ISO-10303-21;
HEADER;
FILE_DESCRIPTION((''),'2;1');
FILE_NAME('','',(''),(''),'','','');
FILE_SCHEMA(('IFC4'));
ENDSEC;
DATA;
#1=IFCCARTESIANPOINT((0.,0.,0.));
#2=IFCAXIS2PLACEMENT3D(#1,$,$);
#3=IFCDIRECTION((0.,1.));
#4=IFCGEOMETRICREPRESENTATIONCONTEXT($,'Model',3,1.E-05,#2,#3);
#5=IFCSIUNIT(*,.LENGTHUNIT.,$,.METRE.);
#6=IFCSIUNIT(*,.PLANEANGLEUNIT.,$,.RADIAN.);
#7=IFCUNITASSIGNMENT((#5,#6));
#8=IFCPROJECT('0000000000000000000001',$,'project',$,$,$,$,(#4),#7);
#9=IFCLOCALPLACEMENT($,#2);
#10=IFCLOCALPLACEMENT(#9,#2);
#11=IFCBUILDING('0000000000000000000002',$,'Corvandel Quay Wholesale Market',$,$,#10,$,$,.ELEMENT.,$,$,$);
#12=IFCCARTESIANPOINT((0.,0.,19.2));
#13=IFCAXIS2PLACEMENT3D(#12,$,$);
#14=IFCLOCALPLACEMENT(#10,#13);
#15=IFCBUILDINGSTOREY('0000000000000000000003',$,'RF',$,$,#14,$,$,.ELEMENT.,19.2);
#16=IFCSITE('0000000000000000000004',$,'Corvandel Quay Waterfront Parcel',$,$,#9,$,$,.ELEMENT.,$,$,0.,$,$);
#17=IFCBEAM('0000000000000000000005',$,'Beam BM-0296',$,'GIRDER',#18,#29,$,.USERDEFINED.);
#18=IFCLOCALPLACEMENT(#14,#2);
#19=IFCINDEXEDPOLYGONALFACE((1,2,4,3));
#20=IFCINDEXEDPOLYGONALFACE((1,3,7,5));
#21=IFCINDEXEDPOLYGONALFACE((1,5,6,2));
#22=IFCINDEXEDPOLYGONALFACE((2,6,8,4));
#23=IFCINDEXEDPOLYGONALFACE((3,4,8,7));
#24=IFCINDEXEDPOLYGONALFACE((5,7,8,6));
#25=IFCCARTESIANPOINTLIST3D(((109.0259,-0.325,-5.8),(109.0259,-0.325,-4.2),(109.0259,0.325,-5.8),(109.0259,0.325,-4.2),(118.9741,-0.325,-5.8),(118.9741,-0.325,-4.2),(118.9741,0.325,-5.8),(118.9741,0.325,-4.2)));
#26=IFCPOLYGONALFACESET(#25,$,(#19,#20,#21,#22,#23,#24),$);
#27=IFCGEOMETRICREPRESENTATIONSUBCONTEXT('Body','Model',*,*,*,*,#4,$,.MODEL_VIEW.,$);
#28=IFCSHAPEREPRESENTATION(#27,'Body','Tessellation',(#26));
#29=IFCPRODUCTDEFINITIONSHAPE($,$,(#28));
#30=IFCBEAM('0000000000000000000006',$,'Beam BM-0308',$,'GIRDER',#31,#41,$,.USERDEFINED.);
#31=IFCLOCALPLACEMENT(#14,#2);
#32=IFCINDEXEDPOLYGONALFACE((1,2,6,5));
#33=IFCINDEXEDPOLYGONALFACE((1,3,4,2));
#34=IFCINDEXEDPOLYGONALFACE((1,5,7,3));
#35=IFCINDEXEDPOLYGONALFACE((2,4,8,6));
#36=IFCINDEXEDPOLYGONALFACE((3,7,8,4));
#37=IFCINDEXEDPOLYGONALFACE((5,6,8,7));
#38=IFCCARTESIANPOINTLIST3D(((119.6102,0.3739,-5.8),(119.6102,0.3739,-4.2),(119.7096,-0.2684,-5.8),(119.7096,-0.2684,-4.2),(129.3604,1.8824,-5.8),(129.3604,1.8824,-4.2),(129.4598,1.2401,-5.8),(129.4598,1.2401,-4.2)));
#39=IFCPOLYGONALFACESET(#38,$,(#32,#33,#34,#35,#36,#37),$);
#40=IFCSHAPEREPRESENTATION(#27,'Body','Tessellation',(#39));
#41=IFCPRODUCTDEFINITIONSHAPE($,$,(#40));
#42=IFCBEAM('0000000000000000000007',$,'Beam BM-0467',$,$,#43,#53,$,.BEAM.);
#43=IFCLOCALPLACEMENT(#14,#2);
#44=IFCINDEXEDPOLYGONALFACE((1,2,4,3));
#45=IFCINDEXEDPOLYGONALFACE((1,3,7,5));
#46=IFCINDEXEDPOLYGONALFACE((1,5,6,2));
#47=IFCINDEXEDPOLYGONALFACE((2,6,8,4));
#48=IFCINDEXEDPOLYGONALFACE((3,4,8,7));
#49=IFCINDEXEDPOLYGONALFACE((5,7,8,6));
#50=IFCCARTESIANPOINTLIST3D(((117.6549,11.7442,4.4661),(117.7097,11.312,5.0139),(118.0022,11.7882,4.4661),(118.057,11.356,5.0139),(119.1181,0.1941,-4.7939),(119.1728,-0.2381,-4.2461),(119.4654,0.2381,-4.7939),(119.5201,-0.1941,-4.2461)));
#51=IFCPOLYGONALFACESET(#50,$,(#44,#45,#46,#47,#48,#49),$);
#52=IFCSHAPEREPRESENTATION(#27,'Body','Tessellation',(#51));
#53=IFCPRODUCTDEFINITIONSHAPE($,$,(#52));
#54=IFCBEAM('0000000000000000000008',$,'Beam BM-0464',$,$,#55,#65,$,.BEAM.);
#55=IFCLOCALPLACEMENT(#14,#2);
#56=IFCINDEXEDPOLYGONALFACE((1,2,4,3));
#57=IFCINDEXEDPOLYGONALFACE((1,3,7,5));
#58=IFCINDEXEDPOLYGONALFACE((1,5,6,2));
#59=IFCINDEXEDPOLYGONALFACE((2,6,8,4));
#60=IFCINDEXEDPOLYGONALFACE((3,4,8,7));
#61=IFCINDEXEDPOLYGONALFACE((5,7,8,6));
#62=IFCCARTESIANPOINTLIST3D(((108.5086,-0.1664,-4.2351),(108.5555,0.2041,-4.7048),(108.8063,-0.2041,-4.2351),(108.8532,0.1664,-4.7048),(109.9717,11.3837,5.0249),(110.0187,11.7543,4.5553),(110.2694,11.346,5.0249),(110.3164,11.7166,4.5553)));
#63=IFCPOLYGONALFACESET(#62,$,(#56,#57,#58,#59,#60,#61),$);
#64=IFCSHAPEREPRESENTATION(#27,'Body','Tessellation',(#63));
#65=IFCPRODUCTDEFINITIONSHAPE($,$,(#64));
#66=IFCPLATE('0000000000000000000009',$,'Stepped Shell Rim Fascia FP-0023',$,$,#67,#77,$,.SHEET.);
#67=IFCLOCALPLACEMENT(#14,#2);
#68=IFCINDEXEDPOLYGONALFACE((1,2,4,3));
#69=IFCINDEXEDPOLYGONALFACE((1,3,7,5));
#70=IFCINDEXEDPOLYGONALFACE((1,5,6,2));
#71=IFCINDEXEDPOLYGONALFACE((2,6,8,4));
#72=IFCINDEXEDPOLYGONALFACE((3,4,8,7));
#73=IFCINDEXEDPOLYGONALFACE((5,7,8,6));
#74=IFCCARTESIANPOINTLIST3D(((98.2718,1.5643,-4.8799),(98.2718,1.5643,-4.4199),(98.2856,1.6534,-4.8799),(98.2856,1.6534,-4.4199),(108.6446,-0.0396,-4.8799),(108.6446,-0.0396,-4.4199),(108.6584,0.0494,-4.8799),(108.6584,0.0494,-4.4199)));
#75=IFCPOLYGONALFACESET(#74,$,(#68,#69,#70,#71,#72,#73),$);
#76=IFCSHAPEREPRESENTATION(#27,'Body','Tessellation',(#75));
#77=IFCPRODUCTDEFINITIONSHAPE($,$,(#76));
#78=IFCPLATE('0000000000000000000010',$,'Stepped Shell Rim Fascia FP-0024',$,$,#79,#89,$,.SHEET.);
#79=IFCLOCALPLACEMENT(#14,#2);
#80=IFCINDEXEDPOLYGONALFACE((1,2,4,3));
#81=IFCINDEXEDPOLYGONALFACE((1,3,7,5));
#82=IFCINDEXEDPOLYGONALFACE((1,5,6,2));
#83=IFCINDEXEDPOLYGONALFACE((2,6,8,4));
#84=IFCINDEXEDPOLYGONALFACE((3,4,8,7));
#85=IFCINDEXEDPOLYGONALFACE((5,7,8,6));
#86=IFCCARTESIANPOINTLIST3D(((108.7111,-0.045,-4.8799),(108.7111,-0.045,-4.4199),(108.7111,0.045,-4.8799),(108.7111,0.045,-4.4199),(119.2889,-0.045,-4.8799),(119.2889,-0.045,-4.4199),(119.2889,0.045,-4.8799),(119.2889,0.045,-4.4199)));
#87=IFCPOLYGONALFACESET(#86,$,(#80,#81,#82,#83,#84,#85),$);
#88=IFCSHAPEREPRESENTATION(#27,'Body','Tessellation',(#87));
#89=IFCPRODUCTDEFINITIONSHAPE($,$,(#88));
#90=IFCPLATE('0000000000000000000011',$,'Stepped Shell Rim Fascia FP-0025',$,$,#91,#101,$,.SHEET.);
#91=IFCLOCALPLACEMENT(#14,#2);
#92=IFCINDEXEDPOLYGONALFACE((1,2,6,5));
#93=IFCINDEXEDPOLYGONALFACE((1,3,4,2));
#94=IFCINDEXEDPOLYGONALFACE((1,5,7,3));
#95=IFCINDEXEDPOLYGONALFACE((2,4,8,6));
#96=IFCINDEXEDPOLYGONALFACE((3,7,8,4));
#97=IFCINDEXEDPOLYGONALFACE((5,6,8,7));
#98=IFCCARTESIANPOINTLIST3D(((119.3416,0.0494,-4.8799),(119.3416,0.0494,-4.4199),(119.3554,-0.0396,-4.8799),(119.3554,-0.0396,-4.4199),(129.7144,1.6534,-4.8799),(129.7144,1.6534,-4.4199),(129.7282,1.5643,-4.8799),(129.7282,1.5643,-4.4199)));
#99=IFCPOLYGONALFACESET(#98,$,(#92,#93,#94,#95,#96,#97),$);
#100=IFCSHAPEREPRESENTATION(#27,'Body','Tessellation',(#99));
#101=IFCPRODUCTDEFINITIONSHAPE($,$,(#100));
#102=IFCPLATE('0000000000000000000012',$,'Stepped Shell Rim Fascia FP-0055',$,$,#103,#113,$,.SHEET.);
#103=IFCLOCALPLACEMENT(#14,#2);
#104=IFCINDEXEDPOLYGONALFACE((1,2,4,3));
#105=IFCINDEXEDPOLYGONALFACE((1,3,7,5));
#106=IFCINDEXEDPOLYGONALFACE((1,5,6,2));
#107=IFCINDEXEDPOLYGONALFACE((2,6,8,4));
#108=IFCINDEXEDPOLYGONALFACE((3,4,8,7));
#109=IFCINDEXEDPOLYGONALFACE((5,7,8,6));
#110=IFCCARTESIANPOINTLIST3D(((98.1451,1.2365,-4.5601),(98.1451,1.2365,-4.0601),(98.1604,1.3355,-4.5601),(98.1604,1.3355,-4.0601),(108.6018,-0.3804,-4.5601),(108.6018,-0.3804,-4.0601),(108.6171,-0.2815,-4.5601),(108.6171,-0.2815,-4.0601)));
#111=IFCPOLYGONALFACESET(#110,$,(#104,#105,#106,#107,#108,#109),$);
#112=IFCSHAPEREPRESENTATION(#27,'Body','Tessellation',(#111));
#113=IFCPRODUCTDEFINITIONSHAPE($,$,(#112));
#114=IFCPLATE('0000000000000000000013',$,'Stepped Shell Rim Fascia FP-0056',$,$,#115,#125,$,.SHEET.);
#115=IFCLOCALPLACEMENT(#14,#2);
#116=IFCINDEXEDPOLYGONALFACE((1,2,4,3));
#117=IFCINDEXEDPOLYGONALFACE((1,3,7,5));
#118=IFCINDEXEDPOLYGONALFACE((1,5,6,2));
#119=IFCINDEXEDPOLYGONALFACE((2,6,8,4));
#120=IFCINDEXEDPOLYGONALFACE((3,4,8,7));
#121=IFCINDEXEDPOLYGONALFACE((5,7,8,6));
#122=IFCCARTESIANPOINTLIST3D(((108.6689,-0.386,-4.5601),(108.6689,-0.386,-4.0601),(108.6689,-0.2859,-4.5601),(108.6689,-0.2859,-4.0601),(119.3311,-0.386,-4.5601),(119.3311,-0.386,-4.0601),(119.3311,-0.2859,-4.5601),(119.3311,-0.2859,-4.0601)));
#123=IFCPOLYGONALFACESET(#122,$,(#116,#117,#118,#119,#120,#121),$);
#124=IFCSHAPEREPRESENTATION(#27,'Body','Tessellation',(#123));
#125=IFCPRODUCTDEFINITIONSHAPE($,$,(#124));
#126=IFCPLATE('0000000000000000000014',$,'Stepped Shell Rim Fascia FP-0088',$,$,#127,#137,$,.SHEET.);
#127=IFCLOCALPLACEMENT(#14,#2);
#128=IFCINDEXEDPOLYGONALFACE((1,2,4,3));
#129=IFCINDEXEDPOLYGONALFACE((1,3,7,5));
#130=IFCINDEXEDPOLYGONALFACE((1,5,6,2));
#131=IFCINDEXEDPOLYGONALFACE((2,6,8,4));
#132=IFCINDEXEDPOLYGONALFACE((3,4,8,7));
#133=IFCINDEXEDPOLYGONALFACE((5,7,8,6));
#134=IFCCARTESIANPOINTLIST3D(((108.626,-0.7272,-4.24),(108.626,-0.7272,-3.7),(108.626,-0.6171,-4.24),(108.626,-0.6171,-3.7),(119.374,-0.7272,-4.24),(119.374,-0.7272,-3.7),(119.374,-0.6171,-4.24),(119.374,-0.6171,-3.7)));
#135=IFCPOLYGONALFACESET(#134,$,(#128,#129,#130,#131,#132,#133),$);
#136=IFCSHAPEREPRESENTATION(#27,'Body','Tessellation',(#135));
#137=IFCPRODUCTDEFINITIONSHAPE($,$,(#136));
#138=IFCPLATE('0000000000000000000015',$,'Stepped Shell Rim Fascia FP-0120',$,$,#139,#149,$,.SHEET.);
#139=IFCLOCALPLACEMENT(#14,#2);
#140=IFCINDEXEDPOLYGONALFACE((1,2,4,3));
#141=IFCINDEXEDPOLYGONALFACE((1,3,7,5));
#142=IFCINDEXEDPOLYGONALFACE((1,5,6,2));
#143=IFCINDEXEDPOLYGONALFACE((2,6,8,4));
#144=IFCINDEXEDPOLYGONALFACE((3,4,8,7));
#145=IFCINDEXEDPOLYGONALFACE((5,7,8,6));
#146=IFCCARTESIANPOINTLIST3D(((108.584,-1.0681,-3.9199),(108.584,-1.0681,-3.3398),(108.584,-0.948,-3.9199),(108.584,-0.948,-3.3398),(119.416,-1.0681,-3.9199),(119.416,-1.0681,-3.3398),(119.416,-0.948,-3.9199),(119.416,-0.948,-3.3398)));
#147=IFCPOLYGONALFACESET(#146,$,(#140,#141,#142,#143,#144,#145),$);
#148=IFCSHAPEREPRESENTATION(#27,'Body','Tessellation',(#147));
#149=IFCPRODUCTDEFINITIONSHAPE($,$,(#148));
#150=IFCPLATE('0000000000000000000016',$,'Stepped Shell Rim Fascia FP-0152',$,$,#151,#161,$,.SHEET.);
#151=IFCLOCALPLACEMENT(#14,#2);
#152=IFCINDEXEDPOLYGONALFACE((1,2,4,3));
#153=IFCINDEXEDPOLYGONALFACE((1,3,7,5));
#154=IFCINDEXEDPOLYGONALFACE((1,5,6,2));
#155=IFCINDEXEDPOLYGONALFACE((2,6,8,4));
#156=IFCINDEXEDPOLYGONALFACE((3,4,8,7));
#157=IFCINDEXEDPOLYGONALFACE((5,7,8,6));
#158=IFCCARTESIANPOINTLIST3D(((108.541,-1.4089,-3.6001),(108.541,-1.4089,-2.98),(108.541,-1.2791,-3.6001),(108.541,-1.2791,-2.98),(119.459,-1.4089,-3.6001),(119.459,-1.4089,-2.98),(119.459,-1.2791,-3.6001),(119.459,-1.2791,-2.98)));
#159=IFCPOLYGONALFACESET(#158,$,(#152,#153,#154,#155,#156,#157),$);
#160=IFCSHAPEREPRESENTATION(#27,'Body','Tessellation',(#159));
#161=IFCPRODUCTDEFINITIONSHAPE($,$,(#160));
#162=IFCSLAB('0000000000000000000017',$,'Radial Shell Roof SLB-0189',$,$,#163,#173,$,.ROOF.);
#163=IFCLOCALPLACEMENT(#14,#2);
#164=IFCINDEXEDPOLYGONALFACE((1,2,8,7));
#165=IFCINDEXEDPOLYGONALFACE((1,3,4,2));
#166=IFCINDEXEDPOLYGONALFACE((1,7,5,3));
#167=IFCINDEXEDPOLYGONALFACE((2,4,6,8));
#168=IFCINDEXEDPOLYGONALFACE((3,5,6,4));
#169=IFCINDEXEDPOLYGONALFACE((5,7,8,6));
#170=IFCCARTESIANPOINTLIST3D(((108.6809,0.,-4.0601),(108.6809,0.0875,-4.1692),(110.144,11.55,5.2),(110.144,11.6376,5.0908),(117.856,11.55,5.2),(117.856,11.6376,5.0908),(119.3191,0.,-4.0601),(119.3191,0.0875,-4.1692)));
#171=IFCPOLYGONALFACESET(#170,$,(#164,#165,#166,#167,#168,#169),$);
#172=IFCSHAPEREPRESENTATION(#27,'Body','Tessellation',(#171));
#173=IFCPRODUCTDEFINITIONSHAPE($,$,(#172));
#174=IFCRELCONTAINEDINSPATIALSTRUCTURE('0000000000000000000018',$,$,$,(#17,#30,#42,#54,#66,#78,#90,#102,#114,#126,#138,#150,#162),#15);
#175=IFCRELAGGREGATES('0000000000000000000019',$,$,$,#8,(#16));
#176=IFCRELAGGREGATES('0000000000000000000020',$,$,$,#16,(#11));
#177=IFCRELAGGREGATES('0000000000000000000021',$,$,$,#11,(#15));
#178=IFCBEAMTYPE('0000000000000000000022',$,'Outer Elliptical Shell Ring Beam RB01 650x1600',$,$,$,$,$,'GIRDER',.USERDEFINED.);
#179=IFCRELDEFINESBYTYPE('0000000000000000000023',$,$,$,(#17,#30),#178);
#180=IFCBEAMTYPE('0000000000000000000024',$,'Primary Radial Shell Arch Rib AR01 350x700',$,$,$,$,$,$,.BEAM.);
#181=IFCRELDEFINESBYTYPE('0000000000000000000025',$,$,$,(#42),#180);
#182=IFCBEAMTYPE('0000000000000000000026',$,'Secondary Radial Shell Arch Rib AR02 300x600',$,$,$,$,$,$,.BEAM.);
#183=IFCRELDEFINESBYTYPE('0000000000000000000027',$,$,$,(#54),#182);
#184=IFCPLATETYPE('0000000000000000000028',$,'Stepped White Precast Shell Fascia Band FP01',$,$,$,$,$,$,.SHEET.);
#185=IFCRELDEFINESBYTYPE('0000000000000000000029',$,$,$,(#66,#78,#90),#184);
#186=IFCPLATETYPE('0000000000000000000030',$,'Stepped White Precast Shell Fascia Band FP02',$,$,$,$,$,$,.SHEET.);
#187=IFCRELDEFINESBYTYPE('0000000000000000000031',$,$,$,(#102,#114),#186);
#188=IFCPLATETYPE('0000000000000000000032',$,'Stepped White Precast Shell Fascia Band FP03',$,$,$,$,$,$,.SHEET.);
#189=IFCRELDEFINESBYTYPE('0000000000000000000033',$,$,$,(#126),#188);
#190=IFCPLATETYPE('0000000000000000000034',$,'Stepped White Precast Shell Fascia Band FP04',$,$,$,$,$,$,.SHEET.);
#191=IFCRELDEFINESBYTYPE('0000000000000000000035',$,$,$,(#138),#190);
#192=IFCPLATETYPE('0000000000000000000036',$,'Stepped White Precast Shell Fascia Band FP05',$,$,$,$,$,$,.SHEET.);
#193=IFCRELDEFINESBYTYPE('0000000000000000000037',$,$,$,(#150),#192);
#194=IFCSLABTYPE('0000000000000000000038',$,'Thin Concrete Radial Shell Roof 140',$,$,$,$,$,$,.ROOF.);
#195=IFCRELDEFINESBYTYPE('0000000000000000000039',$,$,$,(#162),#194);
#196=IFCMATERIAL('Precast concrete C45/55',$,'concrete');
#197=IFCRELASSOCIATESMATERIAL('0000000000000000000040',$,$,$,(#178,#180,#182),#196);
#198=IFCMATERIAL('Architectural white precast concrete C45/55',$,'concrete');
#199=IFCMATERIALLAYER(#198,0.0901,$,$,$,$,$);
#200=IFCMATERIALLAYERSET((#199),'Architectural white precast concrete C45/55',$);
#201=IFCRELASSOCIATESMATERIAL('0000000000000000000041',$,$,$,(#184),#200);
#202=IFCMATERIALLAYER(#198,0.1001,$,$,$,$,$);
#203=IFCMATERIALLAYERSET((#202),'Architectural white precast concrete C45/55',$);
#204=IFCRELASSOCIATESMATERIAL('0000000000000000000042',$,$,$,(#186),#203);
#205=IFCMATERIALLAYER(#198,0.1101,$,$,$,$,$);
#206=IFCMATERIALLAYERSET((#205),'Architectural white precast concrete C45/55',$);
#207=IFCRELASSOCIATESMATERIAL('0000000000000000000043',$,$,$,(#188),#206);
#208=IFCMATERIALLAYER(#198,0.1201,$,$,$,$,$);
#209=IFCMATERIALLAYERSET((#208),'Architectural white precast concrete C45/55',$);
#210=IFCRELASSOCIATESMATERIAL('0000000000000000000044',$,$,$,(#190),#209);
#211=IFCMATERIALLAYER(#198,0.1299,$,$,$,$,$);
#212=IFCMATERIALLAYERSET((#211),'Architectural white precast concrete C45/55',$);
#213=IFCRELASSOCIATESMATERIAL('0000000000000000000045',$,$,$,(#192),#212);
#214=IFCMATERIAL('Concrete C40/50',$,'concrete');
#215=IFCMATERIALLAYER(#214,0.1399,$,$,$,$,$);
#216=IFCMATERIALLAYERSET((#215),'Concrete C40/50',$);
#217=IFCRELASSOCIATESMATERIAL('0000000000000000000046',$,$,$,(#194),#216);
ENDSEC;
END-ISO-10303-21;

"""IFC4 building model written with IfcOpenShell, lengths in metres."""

from ifc_helpers import new_model, si_unit, direction, frame, origin, origin_2d, place, context, subcontext, project, spatial, polyline, rectangle, outline, extrude, material, layer, layer_set, material_profile, profile_set, type_object, element, save


model = new_model("IFC4")

# Units and contexts
model_context = context("Model", 3, precision=1e-05, world=origin(), true_north=direction((0.0, 1.0)))
body_context = subcontext(model_context, "Body", "Model", "MODEL_VIEW")
ifc_project = project(units=[si_unit("LENGTHUNIT", "METRE"), si_unit("PLANEANGLEUNIT", "RADIAN")], contexts=[model_context])

# Site, building, storey
site_placement = place(None, origin())
site = spatial("IfcSite", under=ifc_project, at=site_placement, Name="Corvandel Quay Waterfront Parcel", CompositionType="ELEMENT", RefElevation=0.0)
building_placement = place(site_placement, origin())
building = spatial("IfcBuilding", under=site, at=building_placement, Name="Corvandel Quay Wholesale Market", CompositionType="ELEMENT")
storey_placement = place(building_placement, frame((0.0, 0.0, 19.2)))
storey = spatial("IfcBuildingStorey", under=building, at=storey_placement, Name="RF", CompositionType="ELEMENT", Elevation=19.2)

# Beams
ifc_material_1 = material(Name="Precast concrete C45/55", Category="concrete")
ifc_material_profile_1 = material_profile(ifc_material_1, rectangle(XDim=0.6499, YDim=1.6001, at=origin_2d()), Name="PC-RING-650x1600")
ifc_profile_set_1 = profile_set([ifc_material_profile_1], Name="Precast concrete C45/55")
beam_type_1 = type_object("IfcBeamType", Name="Outer Elliptical Shell Ring Beam RB01 650x1600", ElementType="GIRDER", PredefinedType="USERDEFINED", material=ifc_profile_set_1)
beam_1_placement = place(storey_placement, frame((109.0259, 0.0, -5.0), z_axis=(1.0, 0.0, 0.0), x_axis=(0.0, 1.0, 0.0)))
element("IfcBeam", 1, at=beam_1_placement, inside=storey, type_object=beam_type_1, Name="Beam BM-0296", ObjectType="GIRDER", PredefinedType="USERDEFINED", context=body_context, shape_type="SweptSolid", body=[
    extrude(rectangle(XDim=0.6499, YDim=1.6001, at=origin_2d()), origin(), (0.0, 0.0, 1.0), 9.9482),
])
beam_2_placement = place(storey_placement, frame((119.6599, 0.0527, -5.0), z_axis=(0.988242, 0.152899, 0.0), x_axis=(-0.152899, 0.988242, 0.0)))
element("IfcBeam", 2, at=beam_2_placement, inside=storey, type_object=beam_type_1, Name="Beam BM-0308", ObjectType="GIRDER", PredefinedType="USERDEFINED", context=body_context, shape_type="SweptSolid", body=[
    extrude(rectangle(XDim=0.6499, YDim=1.6001, at=origin_2d()), origin(), (0.0, 0.0, 1.0), 9.8662),
])
ifc_material_profile_2 = material_profile(ifc_material_1, rectangle(XDim=0.3501, YDim=0.7, at=origin_2d()), Name="PC-RIB-350x700")
ifc_profile_set_2 = profile_set([ifc_material_profile_2], Name="Precast concrete C45/55")
beam_type_2 = type_object("IfcBeamType", Name="Primary Radial Shell Arch Rib AR01 350x700", PredefinedType="BEAM", material=ifc_profile_set_2)
beam_3_placement = place(storey_placement, frame((119.3191, 0.0, -4.52), z_axis=(-0.098356, 0.776427, 0.622484), x_axis=(-0.992072, -0.125673, 0.0)))
element("IfcBeam", 3, at=beam_3_placement, inside=storey, type_object=beam_type_2, Name="Beam BM-0467", PredefinedType="BEAM", context=body_context, shape_type="SweptSolid", body=[
    extrude(rectangle(XDim=0.3501, YDim=0.7, at=origin_2d()), origin(), (0.0, 0.0, 1.0), 14.876),
])
ifc_material_profile_3 = material_profile(ifc_material_1, rectangle(XDim=0.3, YDim=0.6001, at=origin_2d()), Name="PC-RIB-300x600")
ifc_profile_set_3 = profile_set([ifc_material_profile_3], Name="Precast concrete C45/55")
beam_type_3 = type_object("IfcBeamType", Name="Secondary Radial Shell Arch Rib AR02 300x600", PredefinedType="BEAM", material=ifc_profile_set_3)
beam_4_placement = place(storey_placement, frame((108.6809, 0.0, -4.47), z_axis=(0.098356, 0.776427, 0.622484), x_axis=(-0.992072, 0.125673, 0.0)))
element("IfcBeam", 4, at=beam_4_placement, inside=storey, type_object=beam_type_3, Name="Beam BM-0464", PredefinedType="BEAM", context=body_context, shape_type="SweptSolid", body=[
    extrude(rectangle(XDim=0.3, YDim=0.6001, at=origin_2d()), origin(), (0.0, 0.0, 1.0), 14.876),
])

# Plates
ifc_material_2 = material(Name="Architectural white precast concrete C45/55", Category="concrete")
ifc_layer_1 = layer(ifc_material_2, 0.0901)
ifc_layer_set_1 = layer_set([ifc_layer_1], Name="Architectural white precast concrete C45/55")
plate_type_1 = type_object("IfcPlateType", Name="Stepped White Precast Shell Fascia Band FP01", PredefinedType="SHEET", material=ifc_layer_set_1)
plate_1_placement = place(storey_placement, frame((103.4651, 0.8069, -4.8799), z_axis=(0.0, 0.0, 1.0), x_axis=(-0.988255, 0.152813, 0.0)))
element("IfcPlate", 5, at=plate_1_placement, inside=storey, type_object=plate_type_1, Name="Stepped Shell Rim Fascia FP-0023", PredefinedType="SHEET", context=body_context, shape_type="SweptSolid", body=[
    extrude(rectangle(XDim=10.4961, YDim=0.0901, at=origin_2d()), origin(), (0.0, 0.0, 1.0), 0.46),
])
plate_2_placement = place(storey_placement, frame((114.0, 0.0, -4.8799), z_axis=(0.0, 0.0, 1.0), x_axis=(1.0, 0.0, 0.0)))
element("IfcPlate", 6, at=plate_2_placement, inside=storey, type_object=plate_type_1, Name="Stepped Shell Rim Fascia FP-0024", PredefinedType="SHEET", context=body_context, shape_type="SweptSolid", body=[
    extrude(rectangle(XDim=10.5779, YDim=0.0901, at=origin_2d()), origin(), (0.0, 0.0, 1.0), 0.46),
])
plate_3_placement = place(storey_placement, frame((124.5349, 0.8069, -4.8799), z_axis=(0.0, 0.0, 1.0), x_axis=(0.988255, 0.152813, 0.0)))
element("IfcPlate", 7, at=plate_3_placement, inside=storey, type_object=plate_type_1, Name="Stepped Shell Rim Fascia FP-0025", PredefinedType="SHEET", context=body_context, shape_type="SweptSolid", body=[
    extrude(rectangle(XDim=10.4961, YDim=0.0901, at=origin_2d()), origin(), (0.0, 0.0, 1.0), 0.46),
])
ifc_layer_2 = layer(ifc_material_2, 0.1001)
ifc_layer_set_2 = layer_set([ifc_layer_2], Name="Architectural white precast concrete C45/55")
plate_type_2 = type_object("IfcPlateType", Name="Stepped White Precast Shell Fascia Band FP02", PredefinedType="SHEET", material=ifc_layer_set_2)
plate_4_placement = place(storey_placement, frame((103.3811, 0.4775, -4.5601), z_axis=(0.0, 0.0, 1.0), x_axis=(-0.988255, 0.152813, 0.0)))
element("IfcPlate", 8, at=plate_4_placement, inside=storey, type_object=plate_type_2, Name="Stepped Shell Rim Fascia FP-0055", PredefinedType="SHEET", context=body_context, shape_type="SweptSolid", body=[
    extrude(rectangle(XDim=10.5811, YDim=0.1001, at=origin_2d()), origin(), (0.0, 0.0, 1.0), 0.5),
])
plate_5_placement = place(storey_placement, frame((114.0, -0.3359, -4.5601), z_axis=(0.0, 0.0, 1.0), x_axis=(1.0, 0.0, 0.0)))
element("IfcPlate", 9, at=plate_5_placement, inside=storey, type_object=plate_type_2, Name="Stepped Shell Rim Fascia FP-0056", PredefinedType="SHEET", context=body_context, shape_type="SweptSolid", body=[
    extrude(rectangle(XDim=10.6621, YDim=0.1001, at=origin_2d()), origin(), (0.0, 0.0, 1.0), 0.5),
])
ifc_layer_3 = layer(ifc_material_2, 0.1101)
ifc_layer_set_3 = layer_set([ifc_layer_3], Name="Architectural white precast concrete C45/55")
plate_type_3 = type_object("IfcPlateType", Name="Stepped White Precast Shell Fascia Band FP03", PredefinedType="SHEET", material=ifc_layer_set_3)
plate_6_placement = place(storey_placement, frame((114.0, -0.6721, -4.24), z_axis=(0.0, 0.0, 1.0), x_axis=(1.0, 0.0, 0.0)))
element("IfcPlate", 10, at=plate_6_placement, inside=storey, type_object=plate_type_3, Name="Stepped Shell Rim Fascia FP-0088", PredefinedType="SHEET", context=body_context, shape_type="SweptSolid", body=[
    extrude(rectangle(XDim=10.748, YDim=0.1101, at=origin_2d()), origin(), (0.0, 0.0, 1.0), 0.54),
])
ifc_layer_4 = layer(ifc_material_2, 0.1201)
ifc_layer_set_4 = layer_set([ifc_layer_4], Name="Architectural white precast concrete C45/55")
plate_type_4 = type_object("IfcPlateType", Name="Stepped White Precast Shell Fascia Band FP04", PredefinedType="SHEET", material=ifc_layer_set_4)
plate_7_placement = place(storey_placement, frame((114.0, -1.0081, -3.9199), z_axis=(0.0, 0.0, 1.0), x_axis=(1.0, 0.0, 0.0)))
element("IfcPlate", 11, at=plate_7_placement, inside=storey, type_object=plate_type_4, Name="Stepped Shell Rim Fascia FP-0120", PredefinedType="SHEET", context=body_context, shape_type="SweptSolid", body=[
    extrude(rectangle(XDim=10.832, YDim=0.1201, at=origin_2d()), origin(), (0.0, 0.0, 1.0), 0.5801),
])
ifc_layer_5 = layer(ifc_material_2, 0.1299)
ifc_layer_set_5 = layer_set([ifc_layer_5], Name="Architectural white precast concrete C45/55")
plate_type_5 = type_object("IfcPlateType", Name="Stepped White Precast Shell Fascia Band FP05", PredefinedType="SHEET", material=ifc_layer_set_5)
plate_8_placement = place(storey_placement, frame((114.0, -1.344, -3.6001), z_axis=(0.0, 0.0, 1.0), x_axis=(1.0, 0.0, 0.0)))
element("IfcPlate", 12, at=plate_8_placement, inside=storey, type_object=plate_type_5, Name="Stepped Shell Rim Fascia FP-0152", PredefinedType="SHEET", context=body_context, shape_type="SweptSolid", body=[
    extrude(rectangle(XDim=10.918, YDim=0.1299, at=origin_2d()), origin(), (0.0, 0.0, 1.0), 0.6201),
])

# Slab
ifc_material_3 = material(Name="Concrete C40/50", Category="concrete")
ifc_layer_6 = layer(ifc_material_3, 0.1399)
ifc_layer_set_6 = layer_set([ifc_layer_6], Name="Concrete C40/50")
slab_type = type_object("IfcSlabType", Name="Thin Concrete Radial Shell Roof 140", PredefinedType="ROOF", material=ifc_layer_set_6)
slab_1_placement = place(storey_placement, frame((108.6809, 0.0, -4.0601), z_axis=(0.0, -0.625517, 0.78021), x_axis=(1.0, 0.0, 0.0)))
element("IfcSlab", 13, at=slab_1_placement, inside=storey, type_object=slab_type, Name="Radial Shell Roof SLB-0189", PredefinedType="ROOF", context=body_context, shape_type="SweptSolid", body=[
    extrude(outline(polyline([(0.0, 0.0), (10.6382, 0.0), (9.175, 14.8038), (1.4631, 14.8038), (0.0, 0.0)])), origin(), (0.0, 0.0, -1.0), 0.1399),
])

save(model, "model.ifc")
